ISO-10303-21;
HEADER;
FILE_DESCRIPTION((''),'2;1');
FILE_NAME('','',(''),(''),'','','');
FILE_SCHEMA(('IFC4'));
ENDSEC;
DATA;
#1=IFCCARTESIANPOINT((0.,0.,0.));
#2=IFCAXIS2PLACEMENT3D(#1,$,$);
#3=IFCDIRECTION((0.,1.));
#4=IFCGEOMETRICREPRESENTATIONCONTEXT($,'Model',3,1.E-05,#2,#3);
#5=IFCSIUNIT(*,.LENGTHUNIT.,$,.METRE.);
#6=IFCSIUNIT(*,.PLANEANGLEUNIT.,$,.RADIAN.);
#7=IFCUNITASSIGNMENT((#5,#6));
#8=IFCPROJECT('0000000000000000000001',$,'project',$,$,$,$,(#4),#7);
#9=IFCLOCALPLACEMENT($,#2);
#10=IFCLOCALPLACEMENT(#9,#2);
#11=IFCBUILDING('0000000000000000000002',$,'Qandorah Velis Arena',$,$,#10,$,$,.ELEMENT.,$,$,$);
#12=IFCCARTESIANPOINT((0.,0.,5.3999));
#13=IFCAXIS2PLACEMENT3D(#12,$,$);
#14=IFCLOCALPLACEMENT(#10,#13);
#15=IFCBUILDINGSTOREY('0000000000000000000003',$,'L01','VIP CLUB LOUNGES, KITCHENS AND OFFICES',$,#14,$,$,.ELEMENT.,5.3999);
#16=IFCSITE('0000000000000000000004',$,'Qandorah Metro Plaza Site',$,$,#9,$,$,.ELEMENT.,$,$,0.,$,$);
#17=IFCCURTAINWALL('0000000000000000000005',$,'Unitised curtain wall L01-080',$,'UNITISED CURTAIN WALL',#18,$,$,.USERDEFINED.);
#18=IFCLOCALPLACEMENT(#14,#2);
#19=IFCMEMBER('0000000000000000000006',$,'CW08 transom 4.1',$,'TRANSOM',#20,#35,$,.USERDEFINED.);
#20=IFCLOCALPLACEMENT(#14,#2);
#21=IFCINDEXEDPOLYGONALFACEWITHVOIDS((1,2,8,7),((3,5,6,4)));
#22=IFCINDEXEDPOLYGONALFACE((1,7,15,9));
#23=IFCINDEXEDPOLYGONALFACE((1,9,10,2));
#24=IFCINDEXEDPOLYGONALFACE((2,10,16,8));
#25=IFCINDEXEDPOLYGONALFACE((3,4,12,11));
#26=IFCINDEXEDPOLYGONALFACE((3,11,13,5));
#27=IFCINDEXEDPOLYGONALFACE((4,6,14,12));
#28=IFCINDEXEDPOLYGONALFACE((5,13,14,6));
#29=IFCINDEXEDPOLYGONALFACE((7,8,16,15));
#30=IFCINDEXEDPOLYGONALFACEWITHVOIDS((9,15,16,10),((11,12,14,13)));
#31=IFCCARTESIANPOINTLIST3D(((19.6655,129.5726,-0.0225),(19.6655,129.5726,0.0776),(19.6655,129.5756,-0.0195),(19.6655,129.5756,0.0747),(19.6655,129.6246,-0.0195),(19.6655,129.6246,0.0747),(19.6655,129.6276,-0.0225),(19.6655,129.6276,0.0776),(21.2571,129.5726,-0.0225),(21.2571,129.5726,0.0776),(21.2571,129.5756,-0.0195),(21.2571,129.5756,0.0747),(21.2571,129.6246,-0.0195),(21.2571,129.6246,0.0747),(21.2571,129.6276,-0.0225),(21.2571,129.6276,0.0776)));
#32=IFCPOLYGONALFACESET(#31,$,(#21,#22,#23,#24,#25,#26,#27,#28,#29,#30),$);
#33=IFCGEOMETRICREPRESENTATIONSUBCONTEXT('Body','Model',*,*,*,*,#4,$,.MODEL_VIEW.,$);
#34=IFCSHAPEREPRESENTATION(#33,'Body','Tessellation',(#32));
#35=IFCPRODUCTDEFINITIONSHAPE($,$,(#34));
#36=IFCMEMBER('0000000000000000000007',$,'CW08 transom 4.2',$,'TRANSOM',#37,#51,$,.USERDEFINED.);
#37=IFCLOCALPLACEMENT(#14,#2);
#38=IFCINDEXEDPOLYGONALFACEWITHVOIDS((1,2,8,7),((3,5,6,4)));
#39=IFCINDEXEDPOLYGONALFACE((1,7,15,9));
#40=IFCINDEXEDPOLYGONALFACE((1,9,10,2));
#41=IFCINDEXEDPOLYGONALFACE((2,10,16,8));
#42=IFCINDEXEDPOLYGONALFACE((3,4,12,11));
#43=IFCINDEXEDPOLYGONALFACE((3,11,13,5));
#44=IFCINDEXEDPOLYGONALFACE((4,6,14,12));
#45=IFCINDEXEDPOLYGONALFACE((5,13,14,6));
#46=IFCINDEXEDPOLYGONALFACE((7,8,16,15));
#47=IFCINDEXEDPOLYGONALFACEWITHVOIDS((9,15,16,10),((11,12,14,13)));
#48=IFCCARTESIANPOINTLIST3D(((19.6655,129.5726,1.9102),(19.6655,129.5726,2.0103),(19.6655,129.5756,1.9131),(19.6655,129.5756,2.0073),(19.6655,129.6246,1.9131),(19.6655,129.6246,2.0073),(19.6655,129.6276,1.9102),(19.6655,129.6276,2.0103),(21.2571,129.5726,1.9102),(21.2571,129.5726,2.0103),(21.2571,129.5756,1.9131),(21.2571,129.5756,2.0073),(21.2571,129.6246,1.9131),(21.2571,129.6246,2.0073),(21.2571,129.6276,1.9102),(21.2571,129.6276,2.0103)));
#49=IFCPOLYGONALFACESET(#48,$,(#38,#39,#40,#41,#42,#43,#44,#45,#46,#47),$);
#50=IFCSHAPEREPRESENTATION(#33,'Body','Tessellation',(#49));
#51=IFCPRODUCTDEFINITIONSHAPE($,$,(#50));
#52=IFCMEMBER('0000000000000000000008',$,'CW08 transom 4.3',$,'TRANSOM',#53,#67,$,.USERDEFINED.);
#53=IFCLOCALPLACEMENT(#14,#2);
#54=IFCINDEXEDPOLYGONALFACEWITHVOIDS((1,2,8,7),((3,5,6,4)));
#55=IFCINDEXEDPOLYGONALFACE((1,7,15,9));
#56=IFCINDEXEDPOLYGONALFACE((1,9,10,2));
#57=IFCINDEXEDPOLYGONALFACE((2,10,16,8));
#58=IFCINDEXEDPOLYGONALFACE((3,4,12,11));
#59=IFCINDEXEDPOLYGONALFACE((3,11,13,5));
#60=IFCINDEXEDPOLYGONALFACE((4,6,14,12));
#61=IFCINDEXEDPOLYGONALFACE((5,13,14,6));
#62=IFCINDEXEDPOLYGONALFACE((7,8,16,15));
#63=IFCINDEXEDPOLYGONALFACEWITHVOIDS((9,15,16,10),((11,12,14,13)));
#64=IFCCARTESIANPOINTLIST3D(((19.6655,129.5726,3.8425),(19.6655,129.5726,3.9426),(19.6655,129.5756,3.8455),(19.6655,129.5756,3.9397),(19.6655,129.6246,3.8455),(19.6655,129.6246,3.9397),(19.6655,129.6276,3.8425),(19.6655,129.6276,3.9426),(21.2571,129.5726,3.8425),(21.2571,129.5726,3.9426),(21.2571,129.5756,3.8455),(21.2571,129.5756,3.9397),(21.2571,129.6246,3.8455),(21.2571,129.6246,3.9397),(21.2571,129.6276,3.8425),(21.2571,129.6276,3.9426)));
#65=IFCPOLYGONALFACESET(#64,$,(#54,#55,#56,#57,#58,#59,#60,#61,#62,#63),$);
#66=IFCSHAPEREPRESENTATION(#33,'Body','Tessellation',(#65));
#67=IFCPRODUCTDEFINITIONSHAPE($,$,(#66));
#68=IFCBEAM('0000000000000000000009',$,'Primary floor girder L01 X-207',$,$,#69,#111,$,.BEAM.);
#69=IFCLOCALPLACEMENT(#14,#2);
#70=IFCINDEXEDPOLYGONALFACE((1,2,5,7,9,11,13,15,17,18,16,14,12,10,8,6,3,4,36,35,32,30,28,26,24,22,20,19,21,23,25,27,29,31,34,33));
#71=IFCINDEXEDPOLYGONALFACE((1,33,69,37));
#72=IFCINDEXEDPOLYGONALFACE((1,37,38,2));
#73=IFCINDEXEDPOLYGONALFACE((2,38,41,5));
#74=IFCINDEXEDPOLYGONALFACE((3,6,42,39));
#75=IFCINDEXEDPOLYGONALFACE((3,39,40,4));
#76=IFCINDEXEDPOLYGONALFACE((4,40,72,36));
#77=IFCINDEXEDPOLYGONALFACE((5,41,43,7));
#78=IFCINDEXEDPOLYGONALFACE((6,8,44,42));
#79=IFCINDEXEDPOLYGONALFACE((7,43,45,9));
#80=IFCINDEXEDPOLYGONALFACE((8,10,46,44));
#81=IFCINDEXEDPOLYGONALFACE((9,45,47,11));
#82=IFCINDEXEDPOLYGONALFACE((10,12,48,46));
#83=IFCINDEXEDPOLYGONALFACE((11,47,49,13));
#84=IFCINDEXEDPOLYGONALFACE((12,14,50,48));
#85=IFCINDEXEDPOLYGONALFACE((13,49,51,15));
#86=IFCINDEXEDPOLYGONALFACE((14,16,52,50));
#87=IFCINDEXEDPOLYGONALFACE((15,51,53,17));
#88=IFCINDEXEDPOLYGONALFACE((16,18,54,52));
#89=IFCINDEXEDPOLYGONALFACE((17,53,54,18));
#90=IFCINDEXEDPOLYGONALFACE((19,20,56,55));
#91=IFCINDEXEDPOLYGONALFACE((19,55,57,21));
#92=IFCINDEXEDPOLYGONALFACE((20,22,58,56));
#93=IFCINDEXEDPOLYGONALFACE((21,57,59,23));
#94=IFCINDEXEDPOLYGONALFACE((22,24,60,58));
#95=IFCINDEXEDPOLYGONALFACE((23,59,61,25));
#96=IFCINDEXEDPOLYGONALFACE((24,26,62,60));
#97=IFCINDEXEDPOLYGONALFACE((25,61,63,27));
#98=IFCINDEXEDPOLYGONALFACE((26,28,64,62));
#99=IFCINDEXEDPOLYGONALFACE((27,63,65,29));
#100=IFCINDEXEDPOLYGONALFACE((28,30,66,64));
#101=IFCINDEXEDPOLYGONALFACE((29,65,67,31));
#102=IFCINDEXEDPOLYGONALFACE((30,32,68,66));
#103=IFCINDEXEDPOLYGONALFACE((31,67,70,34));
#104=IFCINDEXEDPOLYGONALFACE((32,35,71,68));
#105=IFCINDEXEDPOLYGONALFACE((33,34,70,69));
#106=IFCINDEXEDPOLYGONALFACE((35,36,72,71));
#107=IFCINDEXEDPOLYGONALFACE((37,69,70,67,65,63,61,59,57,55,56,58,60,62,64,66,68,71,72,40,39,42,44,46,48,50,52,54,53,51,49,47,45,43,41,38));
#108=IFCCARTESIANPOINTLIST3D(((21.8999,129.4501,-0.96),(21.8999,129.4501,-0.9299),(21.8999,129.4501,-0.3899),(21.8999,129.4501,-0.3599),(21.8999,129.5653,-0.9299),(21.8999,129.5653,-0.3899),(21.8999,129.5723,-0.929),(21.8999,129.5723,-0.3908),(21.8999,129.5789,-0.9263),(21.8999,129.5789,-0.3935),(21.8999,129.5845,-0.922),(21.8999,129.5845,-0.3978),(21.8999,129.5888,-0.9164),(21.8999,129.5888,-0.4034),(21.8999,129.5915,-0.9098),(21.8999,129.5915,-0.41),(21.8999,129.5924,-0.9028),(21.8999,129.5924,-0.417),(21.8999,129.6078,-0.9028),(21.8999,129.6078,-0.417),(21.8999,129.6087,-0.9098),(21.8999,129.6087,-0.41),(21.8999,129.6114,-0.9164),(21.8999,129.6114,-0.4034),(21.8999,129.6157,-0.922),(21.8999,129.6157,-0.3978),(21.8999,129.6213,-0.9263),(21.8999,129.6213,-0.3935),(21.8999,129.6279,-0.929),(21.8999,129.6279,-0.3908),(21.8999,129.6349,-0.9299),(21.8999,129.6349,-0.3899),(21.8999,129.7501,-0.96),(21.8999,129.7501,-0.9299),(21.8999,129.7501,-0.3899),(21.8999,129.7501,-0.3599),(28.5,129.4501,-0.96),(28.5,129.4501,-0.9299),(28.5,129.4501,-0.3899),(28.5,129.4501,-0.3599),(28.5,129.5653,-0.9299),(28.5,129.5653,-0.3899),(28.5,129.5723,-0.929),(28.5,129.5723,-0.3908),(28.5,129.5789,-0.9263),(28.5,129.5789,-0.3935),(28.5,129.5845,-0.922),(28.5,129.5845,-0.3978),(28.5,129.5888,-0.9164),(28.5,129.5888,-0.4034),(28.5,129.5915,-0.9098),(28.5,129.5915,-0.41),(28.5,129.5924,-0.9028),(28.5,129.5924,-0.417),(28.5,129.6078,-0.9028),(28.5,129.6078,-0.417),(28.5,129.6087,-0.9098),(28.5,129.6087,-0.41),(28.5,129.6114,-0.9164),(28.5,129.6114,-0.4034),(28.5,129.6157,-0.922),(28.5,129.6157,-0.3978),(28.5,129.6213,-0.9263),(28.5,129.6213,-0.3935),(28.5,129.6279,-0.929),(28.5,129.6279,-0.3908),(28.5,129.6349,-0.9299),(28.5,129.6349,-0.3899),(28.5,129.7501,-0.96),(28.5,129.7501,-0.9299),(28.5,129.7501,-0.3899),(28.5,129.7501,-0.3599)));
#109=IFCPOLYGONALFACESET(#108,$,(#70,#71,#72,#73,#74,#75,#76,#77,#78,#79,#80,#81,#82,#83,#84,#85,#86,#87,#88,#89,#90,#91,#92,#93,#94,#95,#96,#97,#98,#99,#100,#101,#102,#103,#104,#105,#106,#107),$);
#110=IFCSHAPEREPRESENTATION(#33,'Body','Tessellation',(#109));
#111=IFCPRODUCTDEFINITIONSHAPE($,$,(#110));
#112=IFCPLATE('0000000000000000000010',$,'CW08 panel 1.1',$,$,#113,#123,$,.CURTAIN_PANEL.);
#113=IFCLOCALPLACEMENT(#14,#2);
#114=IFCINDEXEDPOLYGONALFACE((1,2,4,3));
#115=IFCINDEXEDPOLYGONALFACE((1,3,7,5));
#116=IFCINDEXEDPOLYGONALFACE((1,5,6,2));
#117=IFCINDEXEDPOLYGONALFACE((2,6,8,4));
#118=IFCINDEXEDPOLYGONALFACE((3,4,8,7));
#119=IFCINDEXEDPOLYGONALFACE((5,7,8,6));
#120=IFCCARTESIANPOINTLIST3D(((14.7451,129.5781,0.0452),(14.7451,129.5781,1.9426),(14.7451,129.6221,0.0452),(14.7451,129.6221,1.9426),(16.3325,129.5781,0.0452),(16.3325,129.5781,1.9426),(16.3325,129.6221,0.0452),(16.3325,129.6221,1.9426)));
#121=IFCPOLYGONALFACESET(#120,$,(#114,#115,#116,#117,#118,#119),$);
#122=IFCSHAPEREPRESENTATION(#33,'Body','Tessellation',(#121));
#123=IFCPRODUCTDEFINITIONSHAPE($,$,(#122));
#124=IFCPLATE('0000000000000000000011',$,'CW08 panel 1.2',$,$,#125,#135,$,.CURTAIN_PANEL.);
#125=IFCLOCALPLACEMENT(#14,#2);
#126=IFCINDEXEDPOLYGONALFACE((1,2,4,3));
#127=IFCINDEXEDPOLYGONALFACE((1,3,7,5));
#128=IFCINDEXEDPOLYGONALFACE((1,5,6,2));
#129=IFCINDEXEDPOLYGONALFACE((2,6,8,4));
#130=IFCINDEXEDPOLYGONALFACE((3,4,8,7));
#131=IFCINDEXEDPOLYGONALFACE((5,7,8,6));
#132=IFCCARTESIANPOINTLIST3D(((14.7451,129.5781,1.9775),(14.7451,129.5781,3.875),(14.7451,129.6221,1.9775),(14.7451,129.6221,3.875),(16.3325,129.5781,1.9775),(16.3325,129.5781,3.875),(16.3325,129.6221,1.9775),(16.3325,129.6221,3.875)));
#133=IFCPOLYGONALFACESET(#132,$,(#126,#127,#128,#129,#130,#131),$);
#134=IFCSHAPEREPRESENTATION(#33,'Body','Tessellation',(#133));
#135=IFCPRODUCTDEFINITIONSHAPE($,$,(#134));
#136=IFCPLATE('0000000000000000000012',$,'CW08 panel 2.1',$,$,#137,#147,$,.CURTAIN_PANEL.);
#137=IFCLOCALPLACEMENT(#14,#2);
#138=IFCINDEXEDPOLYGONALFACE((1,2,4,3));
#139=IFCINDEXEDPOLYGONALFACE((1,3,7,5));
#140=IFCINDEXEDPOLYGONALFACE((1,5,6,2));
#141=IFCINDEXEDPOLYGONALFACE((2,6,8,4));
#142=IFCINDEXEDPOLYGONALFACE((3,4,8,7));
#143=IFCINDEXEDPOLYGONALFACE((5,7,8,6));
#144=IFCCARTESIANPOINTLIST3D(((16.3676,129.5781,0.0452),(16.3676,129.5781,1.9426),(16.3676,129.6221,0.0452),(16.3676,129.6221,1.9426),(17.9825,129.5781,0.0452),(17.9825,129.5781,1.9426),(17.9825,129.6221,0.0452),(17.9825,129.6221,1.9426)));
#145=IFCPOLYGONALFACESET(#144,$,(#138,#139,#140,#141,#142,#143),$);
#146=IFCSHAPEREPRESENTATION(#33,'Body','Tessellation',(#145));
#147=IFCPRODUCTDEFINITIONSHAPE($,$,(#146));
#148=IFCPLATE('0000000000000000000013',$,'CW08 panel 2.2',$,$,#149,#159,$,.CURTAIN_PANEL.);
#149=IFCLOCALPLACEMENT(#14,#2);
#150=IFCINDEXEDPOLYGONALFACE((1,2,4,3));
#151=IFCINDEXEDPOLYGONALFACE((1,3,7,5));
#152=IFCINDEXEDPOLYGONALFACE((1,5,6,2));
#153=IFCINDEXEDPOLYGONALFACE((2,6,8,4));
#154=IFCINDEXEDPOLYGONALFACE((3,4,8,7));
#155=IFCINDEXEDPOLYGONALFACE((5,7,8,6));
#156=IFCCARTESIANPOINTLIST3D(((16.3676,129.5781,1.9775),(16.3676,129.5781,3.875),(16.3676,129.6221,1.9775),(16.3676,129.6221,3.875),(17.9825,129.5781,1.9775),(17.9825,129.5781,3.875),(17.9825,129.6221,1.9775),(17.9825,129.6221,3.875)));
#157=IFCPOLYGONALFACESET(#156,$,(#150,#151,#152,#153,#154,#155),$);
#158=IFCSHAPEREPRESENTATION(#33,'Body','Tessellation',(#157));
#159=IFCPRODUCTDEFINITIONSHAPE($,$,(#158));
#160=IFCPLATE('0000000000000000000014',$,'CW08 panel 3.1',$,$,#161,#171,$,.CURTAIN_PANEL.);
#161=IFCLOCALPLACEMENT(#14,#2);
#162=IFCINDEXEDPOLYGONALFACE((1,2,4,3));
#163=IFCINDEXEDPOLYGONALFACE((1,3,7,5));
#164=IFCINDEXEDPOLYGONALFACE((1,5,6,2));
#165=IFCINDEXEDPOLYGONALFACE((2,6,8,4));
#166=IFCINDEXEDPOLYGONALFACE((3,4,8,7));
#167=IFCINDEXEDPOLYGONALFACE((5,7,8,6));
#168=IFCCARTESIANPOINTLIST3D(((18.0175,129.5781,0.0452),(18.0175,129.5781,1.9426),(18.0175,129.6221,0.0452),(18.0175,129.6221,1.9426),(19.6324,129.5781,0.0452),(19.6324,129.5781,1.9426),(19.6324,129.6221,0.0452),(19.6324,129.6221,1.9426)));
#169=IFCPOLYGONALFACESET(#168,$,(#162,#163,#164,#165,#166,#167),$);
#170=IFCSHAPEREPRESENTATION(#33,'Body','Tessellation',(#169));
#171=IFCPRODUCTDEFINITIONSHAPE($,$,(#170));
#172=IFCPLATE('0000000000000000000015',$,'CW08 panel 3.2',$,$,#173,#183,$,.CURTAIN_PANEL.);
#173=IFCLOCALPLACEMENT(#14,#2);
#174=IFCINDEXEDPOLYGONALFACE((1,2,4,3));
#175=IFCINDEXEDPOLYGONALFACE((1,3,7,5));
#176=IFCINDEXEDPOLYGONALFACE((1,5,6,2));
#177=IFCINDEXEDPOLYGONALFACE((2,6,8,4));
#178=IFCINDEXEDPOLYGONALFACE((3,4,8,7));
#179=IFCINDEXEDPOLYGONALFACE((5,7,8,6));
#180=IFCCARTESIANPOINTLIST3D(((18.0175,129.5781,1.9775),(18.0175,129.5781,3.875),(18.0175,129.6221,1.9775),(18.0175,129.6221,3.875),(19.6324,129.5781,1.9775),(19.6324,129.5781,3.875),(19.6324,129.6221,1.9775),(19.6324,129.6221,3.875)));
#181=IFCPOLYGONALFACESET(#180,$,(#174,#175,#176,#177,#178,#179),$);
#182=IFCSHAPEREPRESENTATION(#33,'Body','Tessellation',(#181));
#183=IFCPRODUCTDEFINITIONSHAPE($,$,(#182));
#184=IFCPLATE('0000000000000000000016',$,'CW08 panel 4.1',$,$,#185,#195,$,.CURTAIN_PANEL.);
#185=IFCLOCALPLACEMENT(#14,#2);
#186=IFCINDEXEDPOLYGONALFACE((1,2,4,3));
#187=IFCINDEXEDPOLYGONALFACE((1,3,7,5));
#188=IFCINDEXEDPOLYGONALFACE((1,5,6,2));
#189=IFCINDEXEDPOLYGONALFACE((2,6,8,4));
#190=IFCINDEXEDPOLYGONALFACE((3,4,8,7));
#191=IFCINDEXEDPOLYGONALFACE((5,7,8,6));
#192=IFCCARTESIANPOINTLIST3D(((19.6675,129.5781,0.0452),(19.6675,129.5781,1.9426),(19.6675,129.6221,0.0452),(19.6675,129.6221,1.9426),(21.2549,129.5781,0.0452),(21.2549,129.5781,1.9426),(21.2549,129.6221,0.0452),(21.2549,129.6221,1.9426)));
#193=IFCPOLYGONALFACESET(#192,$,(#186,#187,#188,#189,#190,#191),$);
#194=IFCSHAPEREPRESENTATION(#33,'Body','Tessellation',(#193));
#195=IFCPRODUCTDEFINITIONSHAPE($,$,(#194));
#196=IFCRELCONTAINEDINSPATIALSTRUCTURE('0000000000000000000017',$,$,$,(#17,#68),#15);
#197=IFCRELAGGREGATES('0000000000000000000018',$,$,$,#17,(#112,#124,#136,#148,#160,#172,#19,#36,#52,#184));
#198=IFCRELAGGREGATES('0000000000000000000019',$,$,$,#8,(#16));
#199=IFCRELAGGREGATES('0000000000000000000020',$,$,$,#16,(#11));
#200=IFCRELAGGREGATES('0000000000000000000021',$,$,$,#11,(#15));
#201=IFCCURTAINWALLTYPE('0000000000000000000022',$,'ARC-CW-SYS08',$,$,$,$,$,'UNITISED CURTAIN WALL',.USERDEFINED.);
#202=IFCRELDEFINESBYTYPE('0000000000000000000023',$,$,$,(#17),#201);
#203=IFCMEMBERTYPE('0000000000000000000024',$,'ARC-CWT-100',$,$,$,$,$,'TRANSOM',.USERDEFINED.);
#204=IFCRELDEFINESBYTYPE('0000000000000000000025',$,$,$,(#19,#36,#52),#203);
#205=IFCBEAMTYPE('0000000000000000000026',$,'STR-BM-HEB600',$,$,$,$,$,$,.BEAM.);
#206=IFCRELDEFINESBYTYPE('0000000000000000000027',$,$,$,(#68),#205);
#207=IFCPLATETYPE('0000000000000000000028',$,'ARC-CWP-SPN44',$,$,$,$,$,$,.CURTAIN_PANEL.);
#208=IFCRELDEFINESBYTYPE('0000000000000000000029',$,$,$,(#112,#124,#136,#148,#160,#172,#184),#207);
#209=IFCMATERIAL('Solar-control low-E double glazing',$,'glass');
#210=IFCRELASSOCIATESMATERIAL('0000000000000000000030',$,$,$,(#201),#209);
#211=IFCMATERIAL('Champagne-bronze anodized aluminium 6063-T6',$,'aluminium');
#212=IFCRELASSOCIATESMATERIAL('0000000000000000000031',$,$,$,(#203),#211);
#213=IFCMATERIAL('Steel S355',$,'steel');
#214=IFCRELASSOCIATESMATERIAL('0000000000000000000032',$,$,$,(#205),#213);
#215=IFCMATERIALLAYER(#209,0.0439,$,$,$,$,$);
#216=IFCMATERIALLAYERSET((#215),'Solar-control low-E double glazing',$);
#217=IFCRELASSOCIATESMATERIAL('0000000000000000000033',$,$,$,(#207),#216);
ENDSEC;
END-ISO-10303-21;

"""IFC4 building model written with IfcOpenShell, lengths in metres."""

from ifc_helpers import new_model, si_unit, direction, frame, origin, origin_2d, place, context, subcontext, project, spatial, rectangle, hollow_rectangle, i_section, extrude, material, layer, layer_set, material_profile, profile_set, type_object, element, aggregate, save


model = new_model("IFC4")

# Units and contexts
model_context = context("Model", 3, precision=1e-05, world=origin(), true_north=direction((0.0, 1.0)))
body_context = subcontext(model_context, "Body", "Model", "MODEL_VIEW")
ifc_project = project(units=[si_unit("LENGTHUNIT", "METRE"), si_unit("PLANEANGLEUNIT", "RADIAN")], contexts=[model_context])

# Site, building, storey
site_placement = place(None, origin())
site = spatial("IfcSite", under=ifc_project, at=site_placement, Name="Qandorah Metro Plaza Site", CompositionType="ELEMENT", RefElevation=0.0)
building_placement = place(site_placement, origin())
building = spatial("IfcBuilding", under=site, at=building_placement, Name="Qandorah Velis Arena", CompositionType="ELEMENT")
storey_placement = place(building_placement, frame((0.0, 0.0, 5.3999)))
storey = spatial("IfcBuildingStorey", under=building, at=storey_placement, Name="L01", Description="VIP CLUB LOUNGES, KITCHENS AND OFFICES", CompositionType="ELEMENT", Elevation=5.3999)

# Curtain wall, members
ifc_material_1 = material(Name="Solar-control low-E double glazing", Category="glass")
curtain_wall_type = type_object("IfcCurtainWallType", Name="ARC-CW-SYS08", ElementType="UNITISED CURTAIN WALL", PredefinedType="USERDEFINED", material=ifc_material_1)
curtain_wall_placement = place(storey_placement, origin())
curtain_wall = element("IfcCurtainWall", 1, at=curtain_wall_placement, inside=storey, type_object=curtain_wall_type, Name="Unitised curtain wall L01-080", ObjectType="UNITISED CURTAIN WALL", PredefinedType="USERDEFINED")
ifc_material_2 = material(Name="Champagne-bronze anodized aluminium 6063-T6", Category="aluminium")
ifc_material_profile_1 = material_profile(ifc_material_2, hollow_rectangle(XDim=0.0549, YDim=0.1001, WallThickness=0.0029, at=origin_2d()), Name="ALU TRANSOM 55x100")
ifc_profile_set_1 = profile_set([ifc_material_profile_1], Name="Champagne-bronze anodized aluminium 6063-T6")
member_type_1 = type_object("IfcMemberType", Name="ARC-CWT-100", ElementType="TRANSOM", PredefinedType="USERDEFINED", material=ifc_profile_set_1)
member_1_placement = place(storey_placement, frame((19.6655, 129.6001, 0.0276), z_axis=(1.0, 0.0, 0.0), x_axis=(0.0, 1.0, 0.0)))
member_1 = element("IfcMember", 2, at=member_1_placement, type_object=member_type_1, Name="CW08 transom 4.1", ObjectType="TRANSOM", PredefinedType="USERDEFINED", context=body_context, shape_type="SweptSolid", body=[
    extrude(hollow_rectangle(XDim=0.0549, YDim=0.1001, WallThickness=0.0029, at=origin_2d()), origin(), (0.0, 0.0, 1.0), 1.5916),
])
member_2_placement = place(storey_placement, frame((19.6655, 129.6001, 1.9602), z_axis=(1.0, 0.0, 0.0), x_axis=(0.0, 1.0, 0.0)))
member_2 = element("IfcMember", 3, at=member_2_placement, type_object=member_type_1, Name="CW08 transom 4.2", ObjectType="TRANSOM", PredefinedType="USERDEFINED", context=body_context, shape_type="SweptSolid", body=[
    extrude(hollow_rectangle(XDim=0.0549, YDim=0.1001, WallThickness=0.0029, at=origin_2d()), origin(), (0.0, 0.0, 1.0), 1.5916),
])
member_3_placement = place(storey_placement, frame((19.6655, 129.6001, 3.8926), z_axis=(1.0, 0.0, 0.0), x_axis=(0.0, 1.0, 0.0)))
member_3 = element("IfcMember", 4, at=member_3_placement, type_object=member_type_1, Name="CW08 transom 4.3", ObjectType="TRANSOM", PredefinedType="USERDEFINED", context=body_context, shape_type="SweptSolid", body=[
    extrude(hollow_rectangle(XDim=0.0549, YDim=0.1001, WallThickness=0.0029, at=origin_2d()), origin(), (0.0, 0.0, 1.0), 1.5916),
])

# Beam
ifc_material_3 = material(Name="Steel S355", Category="steel")
ifc_material_profile_2 = material_profile(ifc_material_3, i_section(OverallWidth=0.3, OverallDepth=0.6001, WebThickness=0.0154, FlangeThickness=0.03, FilletRadius=0.0271, at=origin_2d()), Name="HEB 600")
ifc_profile_set_2 = profile_set([ifc_material_profile_2], Name="Steel S355")
beam_type = type_object("IfcBeamType", Name="STR-BM-HEB600", PredefinedType="BEAM", material=ifc_profile_set_2)
beam_placement = place(storey_placement, frame((21.8999, 129.6001, -0.6599), z_axis=(1.0, 0.0, 0.0), x_axis=(0.0, 1.0, 0.0)))
element("IfcBeam", 5, at=beam_placement, inside=storey, type_object=beam_type, Name="Primary floor girder L01 X-207", PredefinedType="BEAM", context=body_context, shape_type="SweptSolid", body=[
    extrude(i_section(OverallWidth=0.3, OverallDepth=0.6001, WebThickness=0.0154, FlangeThickness=0.03, FilletRadius=0.0271, at=origin_2d()), origin(), (0.0, 0.0, 1.0), 6.6001),
])

# Plates
ifc_layer = layer(ifc_material_1, 0.0439)
ifc_layer_set = layer_set([ifc_layer], Name="Solar-control low-E double glazing")
plate_type = type_object("IfcPlateType", Name="ARC-CWP-SPN44", PredefinedType="CURTAIN_PANEL", material=ifc_layer_set)
plate_1_placement = place(storey_placement, frame((15.5388, 129.6001, 0.0452), z_axis=(0.0, 0.0, 1.0), x_axis=(1.0, 0.0, 0.0)))
plate_1 = element("IfcPlate", 6, at=plate_1_placement, type_object=plate_type, Name="CW08 panel 1.1", PredefinedType="CURTAIN_PANEL", context=body_context, shape_type="SweptSolid", body=[
    extrude(rectangle(XDim=1.5874, YDim=0.0439, at=origin_2d()), origin(), (0.0, 0.0, 1.0), 1.8975),
])
plate_2_placement = place(storey_placement, frame((15.5388, 129.6001, 1.9775), z_axis=(0.0, 0.0, 1.0), x_axis=(1.0, 0.0, 0.0)))
plate_2 = element("IfcPlate", 7, at=plate_2_placement, type_object=plate_type, Name="CW08 panel 1.2", PredefinedType="CURTAIN_PANEL", context=body_context, shape_type="SweptSolid", body=[
    extrude(rectangle(XDim=1.5874, YDim=0.0439, at=origin_2d()), origin(), (0.0, 0.0, 1.0), 1.8975),
])
plate_3_placement = place(storey_placement, frame((17.175, 129.6001, 0.0452), z_axis=(0.0, 0.0, 1.0), x_axis=(1.0, 0.0, 0.0)))
plate_3 = element("IfcPlate", 8, at=plate_3_placement, type_object=plate_type, Name="CW08 panel 2.1", PredefinedType="CURTAIN_PANEL", context=body_context, shape_type="SweptSolid", body=[
    extrude(rectangle(XDim=1.615, YDim=0.0439, at=origin_2d()), origin(), (0.0, 0.0, 1.0), 1.8975),
])
plate_4_placement = place(storey_placement, frame((17.175, 129.6001, 1.9775), z_axis=(0.0, 0.0, 1.0), x_axis=(1.0, 0.0, 0.0)))
plate_4 = element("IfcPlate", 9, at=plate_4_placement, type_object=plate_type, Name="CW08 panel 2.2", PredefinedType="CURTAIN_PANEL", context=body_context, shape_type="SweptSolid", body=[
    extrude(rectangle(XDim=1.615, YDim=0.0439, at=origin_2d()), origin(), (0.0, 0.0, 1.0), 1.8975),
])
plate_5_placement = place(storey_placement, frame((18.825, 129.6001, 0.0452), z_axis=(0.0, 0.0, 1.0), x_axis=(1.0, 0.0, 0.0)))
plate_5 = element("IfcPlate", 10, at=plate_5_placement, type_object=plate_type, Name="CW08 panel 3.1", PredefinedType="CURTAIN_PANEL", context=body_context, shape_type="SweptSolid", body=[
    extrude(rectangle(XDim=1.615, YDim=0.0439, at=origin_2d()), origin(), (0.0, 0.0, 1.0), 1.8975),
])
plate_6_placement = place(storey_placement, frame((18.825, 129.6001, 1.9775), z_axis=(0.0, 0.0, 1.0), x_axis=(1.0, 0.0, 0.0)))
plate_6 = element("IfcPlate", 11, at=plate_6_placement, type_object=plate_type, Name="CW08 panel 3.2", PredefinedType="CURTAIN_PANEL", context=body_context, shape_type="SweptSolid", body=[
    extrude(rectangle(XDim=1.615, YDim=0.0439, at=origin_2d()), origin(), (0.0, 0.0, 1.0), 1.8975),
])
plate_7_placement = place(storey_placement, frame((20.4612, 129.6001, 0.0452), z_axis=(0.0, 0.0, 1.0), x_axis=(1.0, 0.0, 0.0)))
plate_7 = element("IfcPlate", 12, at=plate_7_placement, type_object=plate_type, Name="CW08 panel 4.1", PredefinedType="CURTAIN_PANEL", context=body_context, shape_type="SweptSolid", body=[
    extrude(rectangle(XDim=1.5874, YDim=0.0439, at=origin_2d()), origin(), (0.0, 0.0, 1.0), 1.8975),
])
aggregate(curtain_wall, [plate_1, plate_2, plate_3, plate_4, plate_5, plate_6, member_1, member_2, member_3, plate_7])

save(model, "model.ifc")
